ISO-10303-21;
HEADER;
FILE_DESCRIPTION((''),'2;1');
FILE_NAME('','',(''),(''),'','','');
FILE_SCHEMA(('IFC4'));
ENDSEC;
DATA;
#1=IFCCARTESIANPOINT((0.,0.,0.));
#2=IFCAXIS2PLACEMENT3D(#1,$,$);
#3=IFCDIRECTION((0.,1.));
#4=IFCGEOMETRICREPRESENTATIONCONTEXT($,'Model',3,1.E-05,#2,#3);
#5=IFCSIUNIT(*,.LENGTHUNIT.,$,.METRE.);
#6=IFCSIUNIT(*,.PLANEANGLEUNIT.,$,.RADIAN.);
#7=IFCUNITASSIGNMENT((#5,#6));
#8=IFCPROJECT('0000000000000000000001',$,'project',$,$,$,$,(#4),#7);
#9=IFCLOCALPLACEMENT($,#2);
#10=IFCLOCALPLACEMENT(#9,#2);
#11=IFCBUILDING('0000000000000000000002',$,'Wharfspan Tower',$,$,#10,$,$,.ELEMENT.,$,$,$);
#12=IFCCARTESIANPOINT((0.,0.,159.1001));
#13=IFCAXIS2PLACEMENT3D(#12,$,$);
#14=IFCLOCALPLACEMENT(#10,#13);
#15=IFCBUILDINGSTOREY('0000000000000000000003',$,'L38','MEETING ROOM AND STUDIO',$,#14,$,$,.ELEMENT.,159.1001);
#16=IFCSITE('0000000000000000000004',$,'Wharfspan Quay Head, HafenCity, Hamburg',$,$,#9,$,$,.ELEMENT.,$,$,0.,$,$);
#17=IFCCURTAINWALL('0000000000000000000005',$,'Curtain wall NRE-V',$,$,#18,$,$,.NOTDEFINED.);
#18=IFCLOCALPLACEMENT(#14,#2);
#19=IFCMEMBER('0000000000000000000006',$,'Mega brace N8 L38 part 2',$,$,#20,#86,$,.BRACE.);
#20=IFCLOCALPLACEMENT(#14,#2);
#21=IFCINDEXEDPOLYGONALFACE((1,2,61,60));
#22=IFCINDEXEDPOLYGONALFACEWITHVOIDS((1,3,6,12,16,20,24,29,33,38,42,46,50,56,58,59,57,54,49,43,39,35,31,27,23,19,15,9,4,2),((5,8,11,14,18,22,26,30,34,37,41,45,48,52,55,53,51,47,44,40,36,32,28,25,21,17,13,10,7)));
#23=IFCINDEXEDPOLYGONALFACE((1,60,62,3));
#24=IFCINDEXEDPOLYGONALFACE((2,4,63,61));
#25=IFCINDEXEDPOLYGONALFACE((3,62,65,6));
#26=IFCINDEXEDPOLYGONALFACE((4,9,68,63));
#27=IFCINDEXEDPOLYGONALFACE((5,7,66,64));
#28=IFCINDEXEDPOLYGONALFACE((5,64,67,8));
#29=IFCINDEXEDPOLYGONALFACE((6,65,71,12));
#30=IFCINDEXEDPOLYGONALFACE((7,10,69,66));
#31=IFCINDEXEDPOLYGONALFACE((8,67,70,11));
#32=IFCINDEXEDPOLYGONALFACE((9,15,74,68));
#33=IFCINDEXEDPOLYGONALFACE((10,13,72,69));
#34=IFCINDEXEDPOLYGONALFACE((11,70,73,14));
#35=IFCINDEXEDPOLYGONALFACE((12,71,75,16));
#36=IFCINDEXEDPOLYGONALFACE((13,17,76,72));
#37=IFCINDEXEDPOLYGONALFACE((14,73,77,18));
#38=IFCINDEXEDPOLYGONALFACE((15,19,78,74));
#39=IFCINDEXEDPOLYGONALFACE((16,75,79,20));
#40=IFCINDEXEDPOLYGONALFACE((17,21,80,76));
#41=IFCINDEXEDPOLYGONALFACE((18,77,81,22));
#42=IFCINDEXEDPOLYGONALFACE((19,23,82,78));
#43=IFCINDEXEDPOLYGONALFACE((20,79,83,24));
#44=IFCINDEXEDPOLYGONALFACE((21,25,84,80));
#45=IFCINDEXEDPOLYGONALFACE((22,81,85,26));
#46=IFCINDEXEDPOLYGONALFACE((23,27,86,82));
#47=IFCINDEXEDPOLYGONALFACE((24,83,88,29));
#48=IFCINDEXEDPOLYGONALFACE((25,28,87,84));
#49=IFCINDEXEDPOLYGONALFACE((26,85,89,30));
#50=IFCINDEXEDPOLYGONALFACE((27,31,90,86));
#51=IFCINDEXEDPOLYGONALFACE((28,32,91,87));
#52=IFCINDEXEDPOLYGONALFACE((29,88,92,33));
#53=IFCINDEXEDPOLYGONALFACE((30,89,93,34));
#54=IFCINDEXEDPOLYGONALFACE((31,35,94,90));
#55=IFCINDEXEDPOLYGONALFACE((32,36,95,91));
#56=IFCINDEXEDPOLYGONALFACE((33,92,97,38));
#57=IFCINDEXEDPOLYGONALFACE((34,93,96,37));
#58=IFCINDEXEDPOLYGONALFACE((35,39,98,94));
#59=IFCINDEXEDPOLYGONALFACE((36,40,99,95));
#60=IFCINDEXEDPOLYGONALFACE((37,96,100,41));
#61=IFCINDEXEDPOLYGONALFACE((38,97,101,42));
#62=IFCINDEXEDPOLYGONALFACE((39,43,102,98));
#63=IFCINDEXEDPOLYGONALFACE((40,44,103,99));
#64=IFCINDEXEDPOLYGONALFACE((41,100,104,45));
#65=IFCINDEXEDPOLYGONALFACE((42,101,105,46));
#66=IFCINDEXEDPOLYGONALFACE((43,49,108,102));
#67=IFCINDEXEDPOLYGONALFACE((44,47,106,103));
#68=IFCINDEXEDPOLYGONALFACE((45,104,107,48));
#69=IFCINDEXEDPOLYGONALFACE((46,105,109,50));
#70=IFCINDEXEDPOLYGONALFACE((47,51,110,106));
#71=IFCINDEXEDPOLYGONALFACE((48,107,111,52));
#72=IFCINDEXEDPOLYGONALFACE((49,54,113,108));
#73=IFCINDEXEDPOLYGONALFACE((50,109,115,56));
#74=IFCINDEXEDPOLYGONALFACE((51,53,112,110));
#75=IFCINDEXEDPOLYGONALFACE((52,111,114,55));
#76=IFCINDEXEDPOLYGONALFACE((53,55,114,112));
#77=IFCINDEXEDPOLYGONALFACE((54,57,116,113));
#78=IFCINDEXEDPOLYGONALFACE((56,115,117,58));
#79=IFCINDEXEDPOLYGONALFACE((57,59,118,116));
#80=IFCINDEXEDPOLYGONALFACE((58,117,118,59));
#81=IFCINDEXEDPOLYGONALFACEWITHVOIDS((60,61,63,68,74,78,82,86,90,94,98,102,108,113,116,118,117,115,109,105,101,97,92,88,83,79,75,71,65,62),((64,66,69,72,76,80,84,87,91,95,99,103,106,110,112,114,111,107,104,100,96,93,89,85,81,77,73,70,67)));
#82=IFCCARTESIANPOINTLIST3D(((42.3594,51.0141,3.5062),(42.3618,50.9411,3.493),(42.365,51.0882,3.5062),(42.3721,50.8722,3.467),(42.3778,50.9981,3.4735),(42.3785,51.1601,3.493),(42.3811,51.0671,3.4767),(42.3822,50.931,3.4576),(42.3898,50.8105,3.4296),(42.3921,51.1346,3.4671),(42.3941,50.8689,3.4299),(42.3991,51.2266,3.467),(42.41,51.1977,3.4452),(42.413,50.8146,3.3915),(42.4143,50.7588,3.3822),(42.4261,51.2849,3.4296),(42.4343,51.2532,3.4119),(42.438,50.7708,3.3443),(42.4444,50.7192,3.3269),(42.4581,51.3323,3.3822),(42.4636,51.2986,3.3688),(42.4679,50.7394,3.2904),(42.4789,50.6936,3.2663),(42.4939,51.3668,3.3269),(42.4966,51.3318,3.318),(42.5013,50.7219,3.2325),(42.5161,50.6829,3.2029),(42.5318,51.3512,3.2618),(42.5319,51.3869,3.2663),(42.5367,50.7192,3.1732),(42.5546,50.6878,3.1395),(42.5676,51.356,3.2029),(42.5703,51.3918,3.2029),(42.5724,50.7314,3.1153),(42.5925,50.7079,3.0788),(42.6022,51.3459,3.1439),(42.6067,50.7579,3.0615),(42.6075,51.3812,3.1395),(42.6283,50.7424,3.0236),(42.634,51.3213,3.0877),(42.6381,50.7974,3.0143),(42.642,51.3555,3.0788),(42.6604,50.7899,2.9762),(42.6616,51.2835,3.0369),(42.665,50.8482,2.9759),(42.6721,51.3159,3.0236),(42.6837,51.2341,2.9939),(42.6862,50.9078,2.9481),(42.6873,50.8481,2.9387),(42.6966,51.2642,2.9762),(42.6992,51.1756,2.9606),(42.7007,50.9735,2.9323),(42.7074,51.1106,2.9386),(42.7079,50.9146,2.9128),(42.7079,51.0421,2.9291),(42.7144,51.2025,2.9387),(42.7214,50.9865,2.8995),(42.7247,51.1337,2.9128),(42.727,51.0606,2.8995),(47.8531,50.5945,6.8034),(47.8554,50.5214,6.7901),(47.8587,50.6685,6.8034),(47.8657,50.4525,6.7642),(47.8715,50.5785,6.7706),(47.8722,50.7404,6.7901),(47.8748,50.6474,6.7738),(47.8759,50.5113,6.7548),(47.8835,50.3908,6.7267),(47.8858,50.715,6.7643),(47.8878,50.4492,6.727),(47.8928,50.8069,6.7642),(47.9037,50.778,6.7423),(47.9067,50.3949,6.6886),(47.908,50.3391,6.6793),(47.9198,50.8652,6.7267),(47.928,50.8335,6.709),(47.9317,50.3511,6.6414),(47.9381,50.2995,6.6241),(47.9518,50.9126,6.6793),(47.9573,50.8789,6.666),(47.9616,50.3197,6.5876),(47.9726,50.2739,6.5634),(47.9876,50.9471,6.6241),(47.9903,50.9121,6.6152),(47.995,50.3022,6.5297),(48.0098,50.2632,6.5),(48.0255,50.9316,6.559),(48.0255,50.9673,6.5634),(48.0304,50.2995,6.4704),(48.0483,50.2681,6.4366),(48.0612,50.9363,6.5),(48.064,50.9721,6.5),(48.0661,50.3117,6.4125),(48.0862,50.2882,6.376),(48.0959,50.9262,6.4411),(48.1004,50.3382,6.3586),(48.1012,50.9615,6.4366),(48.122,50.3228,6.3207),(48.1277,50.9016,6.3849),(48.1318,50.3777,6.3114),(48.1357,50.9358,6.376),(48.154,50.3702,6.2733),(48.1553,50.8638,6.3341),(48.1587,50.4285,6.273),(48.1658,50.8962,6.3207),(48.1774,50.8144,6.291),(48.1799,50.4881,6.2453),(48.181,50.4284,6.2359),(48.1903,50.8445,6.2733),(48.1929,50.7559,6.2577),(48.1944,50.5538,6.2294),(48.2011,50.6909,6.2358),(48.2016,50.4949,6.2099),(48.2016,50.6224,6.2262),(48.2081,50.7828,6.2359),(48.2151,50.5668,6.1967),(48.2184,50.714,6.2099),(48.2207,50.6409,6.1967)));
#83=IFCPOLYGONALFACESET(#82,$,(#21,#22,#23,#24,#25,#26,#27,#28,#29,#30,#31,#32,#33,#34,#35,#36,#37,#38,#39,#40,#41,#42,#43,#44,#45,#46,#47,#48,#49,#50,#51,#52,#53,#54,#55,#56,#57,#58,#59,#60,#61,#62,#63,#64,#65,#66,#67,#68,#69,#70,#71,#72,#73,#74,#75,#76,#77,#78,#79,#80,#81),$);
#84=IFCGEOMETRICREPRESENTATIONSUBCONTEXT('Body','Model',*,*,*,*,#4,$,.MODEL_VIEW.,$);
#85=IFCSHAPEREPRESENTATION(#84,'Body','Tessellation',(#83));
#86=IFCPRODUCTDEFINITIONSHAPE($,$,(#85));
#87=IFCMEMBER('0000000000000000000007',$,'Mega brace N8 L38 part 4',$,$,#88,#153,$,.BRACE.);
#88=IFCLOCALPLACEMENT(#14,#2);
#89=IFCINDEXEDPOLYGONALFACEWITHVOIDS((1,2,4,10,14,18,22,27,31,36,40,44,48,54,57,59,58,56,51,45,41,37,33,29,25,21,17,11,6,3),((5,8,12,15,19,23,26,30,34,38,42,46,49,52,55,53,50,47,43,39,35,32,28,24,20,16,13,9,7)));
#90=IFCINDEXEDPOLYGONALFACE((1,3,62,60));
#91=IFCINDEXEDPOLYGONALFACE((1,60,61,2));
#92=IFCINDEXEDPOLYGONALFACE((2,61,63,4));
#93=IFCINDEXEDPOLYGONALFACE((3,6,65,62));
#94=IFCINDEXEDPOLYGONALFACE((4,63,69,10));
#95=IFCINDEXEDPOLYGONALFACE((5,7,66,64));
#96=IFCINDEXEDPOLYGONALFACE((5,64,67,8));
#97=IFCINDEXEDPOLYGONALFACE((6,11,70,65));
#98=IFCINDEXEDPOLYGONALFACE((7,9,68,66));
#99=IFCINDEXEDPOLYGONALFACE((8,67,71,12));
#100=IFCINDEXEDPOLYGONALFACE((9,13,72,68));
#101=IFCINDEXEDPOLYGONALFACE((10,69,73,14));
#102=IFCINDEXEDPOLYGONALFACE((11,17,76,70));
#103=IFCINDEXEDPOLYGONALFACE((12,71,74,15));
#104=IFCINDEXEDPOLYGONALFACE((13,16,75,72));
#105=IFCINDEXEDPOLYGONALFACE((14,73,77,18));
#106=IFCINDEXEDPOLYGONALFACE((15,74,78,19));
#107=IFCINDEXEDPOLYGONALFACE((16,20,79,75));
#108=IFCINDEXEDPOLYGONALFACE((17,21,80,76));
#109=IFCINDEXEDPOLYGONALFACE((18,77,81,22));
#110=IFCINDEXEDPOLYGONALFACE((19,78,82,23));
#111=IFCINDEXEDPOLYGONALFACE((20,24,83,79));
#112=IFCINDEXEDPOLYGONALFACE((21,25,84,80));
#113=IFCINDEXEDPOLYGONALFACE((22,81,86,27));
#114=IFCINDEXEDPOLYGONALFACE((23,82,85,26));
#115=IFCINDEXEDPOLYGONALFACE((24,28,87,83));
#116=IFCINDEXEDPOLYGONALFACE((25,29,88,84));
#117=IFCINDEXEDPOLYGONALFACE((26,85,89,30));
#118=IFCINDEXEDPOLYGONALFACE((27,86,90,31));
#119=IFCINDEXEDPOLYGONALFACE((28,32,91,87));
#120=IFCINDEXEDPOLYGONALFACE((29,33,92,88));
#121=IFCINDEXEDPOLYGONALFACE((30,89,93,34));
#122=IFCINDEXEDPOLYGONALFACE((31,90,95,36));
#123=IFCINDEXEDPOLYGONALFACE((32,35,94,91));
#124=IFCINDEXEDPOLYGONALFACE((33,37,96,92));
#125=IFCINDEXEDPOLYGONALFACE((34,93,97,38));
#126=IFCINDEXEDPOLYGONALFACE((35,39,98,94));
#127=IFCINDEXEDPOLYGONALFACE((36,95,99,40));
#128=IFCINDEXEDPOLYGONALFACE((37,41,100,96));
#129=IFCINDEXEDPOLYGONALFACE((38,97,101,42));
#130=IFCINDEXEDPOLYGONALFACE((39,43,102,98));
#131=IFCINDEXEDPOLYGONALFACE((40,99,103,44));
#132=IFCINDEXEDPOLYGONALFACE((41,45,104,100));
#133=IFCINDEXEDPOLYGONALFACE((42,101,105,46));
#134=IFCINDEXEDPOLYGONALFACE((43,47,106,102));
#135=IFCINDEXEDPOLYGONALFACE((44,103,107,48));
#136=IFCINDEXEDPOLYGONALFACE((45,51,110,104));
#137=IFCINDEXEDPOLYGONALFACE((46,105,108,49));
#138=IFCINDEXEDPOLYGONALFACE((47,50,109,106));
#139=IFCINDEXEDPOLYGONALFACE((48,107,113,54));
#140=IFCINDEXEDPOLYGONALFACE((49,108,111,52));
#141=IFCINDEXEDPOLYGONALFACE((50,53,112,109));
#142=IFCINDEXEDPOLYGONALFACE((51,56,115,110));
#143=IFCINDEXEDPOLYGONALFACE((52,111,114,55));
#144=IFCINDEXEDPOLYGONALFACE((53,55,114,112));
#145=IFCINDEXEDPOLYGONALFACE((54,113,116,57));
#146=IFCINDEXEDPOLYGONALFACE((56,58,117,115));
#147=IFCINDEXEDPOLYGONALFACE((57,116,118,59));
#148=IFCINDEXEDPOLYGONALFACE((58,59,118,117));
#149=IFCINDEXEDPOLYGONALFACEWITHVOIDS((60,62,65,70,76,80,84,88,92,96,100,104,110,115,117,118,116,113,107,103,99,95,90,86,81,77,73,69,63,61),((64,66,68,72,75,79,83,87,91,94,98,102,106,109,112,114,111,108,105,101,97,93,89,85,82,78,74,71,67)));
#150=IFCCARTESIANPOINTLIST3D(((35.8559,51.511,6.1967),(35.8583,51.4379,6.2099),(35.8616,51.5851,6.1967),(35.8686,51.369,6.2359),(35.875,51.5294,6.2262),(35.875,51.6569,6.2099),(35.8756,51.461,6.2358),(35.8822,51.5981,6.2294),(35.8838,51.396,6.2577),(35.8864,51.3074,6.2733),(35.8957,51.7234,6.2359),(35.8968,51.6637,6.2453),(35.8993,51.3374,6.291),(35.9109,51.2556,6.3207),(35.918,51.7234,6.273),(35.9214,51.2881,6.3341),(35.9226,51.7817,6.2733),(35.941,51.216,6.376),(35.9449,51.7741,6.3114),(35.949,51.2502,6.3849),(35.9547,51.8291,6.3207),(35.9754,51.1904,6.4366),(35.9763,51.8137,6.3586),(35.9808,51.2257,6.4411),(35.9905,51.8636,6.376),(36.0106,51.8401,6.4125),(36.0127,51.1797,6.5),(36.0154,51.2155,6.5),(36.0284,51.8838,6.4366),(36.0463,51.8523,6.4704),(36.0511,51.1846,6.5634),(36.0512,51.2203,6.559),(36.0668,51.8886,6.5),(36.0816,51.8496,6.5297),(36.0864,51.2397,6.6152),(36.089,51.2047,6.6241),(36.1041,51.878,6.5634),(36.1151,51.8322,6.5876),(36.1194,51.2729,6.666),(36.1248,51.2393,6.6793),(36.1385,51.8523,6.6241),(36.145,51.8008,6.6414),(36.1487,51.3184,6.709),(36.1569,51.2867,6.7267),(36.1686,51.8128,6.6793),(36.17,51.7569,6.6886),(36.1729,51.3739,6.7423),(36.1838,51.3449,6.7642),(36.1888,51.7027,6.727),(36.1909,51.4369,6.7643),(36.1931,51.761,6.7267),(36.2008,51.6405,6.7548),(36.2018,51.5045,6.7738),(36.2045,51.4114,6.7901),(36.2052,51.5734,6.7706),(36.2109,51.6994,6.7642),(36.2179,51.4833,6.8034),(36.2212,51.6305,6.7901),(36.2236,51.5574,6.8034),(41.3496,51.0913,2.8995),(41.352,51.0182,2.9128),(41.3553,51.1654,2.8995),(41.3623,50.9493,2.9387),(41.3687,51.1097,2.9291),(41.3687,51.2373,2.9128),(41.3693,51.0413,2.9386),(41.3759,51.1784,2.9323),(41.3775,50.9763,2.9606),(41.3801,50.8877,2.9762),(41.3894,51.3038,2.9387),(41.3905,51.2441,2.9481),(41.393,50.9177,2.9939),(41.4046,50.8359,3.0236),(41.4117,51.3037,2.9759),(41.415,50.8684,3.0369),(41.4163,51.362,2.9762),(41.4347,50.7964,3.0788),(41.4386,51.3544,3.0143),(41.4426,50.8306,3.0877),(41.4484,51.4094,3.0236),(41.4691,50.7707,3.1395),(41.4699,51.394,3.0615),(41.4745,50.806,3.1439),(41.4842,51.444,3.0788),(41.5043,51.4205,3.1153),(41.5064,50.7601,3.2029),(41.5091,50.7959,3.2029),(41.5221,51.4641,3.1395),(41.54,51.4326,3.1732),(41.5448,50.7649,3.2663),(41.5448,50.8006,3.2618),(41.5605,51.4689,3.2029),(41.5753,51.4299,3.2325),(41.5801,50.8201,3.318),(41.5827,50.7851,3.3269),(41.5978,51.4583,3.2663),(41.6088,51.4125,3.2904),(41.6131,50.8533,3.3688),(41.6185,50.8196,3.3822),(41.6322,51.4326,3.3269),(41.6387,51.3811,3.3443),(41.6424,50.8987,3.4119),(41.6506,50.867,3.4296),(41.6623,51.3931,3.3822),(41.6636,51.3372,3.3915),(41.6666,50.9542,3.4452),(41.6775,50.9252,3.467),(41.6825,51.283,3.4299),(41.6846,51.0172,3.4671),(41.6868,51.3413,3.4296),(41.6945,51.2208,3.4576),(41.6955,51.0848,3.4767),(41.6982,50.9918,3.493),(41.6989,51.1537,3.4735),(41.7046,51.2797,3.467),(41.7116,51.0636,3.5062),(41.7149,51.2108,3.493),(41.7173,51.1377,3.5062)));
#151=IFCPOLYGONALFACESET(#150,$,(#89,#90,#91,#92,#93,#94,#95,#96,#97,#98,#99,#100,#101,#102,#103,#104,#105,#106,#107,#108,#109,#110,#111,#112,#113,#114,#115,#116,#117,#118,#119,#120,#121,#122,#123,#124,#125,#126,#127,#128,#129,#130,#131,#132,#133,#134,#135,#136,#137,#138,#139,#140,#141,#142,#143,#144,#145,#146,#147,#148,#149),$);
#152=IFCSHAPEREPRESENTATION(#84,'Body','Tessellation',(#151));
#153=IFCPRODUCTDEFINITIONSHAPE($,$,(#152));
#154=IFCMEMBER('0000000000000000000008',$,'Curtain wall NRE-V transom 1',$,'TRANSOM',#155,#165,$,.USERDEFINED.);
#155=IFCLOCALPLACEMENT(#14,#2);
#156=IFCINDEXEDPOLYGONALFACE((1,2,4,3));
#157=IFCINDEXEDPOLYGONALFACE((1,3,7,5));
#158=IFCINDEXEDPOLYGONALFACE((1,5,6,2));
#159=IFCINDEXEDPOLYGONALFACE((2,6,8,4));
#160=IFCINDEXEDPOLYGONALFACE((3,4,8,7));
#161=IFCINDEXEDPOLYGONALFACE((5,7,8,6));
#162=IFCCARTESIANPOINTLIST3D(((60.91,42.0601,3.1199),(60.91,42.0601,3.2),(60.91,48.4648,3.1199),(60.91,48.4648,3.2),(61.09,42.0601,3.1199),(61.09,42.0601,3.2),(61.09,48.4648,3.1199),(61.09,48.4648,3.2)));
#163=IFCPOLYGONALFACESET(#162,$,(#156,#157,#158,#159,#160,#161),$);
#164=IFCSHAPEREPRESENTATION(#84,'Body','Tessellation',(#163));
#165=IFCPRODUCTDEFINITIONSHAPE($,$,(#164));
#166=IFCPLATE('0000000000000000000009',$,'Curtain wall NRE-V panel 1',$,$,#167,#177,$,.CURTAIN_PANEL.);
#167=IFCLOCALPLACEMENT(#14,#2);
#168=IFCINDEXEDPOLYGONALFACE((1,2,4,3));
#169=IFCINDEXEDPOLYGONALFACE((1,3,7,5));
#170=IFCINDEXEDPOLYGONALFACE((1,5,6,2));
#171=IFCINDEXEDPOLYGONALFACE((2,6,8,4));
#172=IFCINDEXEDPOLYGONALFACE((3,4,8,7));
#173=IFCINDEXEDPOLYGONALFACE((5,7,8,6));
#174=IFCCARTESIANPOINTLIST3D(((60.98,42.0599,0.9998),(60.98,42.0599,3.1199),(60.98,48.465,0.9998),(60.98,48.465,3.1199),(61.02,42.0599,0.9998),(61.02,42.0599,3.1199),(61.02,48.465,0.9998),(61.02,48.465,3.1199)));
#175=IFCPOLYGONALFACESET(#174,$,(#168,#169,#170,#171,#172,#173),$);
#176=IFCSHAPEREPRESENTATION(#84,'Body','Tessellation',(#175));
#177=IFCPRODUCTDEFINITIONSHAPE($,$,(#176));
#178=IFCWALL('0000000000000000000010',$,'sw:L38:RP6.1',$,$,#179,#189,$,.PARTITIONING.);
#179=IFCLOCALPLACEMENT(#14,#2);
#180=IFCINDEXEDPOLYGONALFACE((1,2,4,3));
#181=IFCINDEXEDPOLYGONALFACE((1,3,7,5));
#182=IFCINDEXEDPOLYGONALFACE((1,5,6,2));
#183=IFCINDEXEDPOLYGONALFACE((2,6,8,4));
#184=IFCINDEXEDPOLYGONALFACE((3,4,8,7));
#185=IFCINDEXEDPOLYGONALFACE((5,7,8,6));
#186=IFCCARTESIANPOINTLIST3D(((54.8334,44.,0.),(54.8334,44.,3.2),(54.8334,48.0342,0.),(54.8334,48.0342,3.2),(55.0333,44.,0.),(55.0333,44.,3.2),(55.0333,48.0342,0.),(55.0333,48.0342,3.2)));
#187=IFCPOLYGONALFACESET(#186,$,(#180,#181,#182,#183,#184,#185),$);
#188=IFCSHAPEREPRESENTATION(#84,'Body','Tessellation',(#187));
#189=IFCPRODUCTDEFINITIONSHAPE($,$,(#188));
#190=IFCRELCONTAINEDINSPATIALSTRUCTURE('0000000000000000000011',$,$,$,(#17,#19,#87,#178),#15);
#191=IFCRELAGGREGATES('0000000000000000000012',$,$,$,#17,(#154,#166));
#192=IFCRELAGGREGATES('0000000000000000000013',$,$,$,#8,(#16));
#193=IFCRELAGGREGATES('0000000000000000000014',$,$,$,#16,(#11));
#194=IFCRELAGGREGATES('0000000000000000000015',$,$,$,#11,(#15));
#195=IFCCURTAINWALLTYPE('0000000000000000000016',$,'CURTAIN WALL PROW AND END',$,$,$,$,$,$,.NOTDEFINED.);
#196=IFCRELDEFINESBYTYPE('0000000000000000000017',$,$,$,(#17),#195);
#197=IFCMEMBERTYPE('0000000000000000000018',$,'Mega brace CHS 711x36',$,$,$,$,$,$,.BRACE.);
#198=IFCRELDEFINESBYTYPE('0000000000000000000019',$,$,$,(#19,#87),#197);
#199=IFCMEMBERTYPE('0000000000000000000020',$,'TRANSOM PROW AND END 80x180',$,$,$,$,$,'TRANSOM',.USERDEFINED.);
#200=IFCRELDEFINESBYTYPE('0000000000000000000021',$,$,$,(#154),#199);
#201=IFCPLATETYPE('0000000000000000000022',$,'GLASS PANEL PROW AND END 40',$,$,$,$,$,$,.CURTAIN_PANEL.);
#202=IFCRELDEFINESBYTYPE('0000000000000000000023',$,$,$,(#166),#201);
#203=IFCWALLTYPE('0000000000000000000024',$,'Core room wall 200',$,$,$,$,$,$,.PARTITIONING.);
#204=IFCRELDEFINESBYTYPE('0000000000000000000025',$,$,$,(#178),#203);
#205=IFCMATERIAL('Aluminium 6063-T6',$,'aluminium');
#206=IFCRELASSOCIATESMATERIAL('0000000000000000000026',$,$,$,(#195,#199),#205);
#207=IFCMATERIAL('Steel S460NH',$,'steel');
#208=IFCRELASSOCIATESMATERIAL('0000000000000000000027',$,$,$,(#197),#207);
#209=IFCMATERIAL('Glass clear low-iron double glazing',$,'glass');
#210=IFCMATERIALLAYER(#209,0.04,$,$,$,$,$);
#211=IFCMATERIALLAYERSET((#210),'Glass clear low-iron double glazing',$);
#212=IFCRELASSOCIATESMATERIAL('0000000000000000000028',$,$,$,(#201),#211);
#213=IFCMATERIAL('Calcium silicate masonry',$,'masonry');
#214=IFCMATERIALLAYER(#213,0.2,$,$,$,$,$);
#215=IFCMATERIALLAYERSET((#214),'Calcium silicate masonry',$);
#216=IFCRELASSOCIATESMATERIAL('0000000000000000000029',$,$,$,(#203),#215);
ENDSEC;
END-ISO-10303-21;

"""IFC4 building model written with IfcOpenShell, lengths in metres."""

from ifc_helpers import new_model, si_unit, direction, frame, frame_2d, origin, origin_2d, place, context, subcontext, project, spatial, rectangle, hollow_circle, extrude, material, layer, layer_set, material_profile, profile_set, type_object, element, aggregate, save


model = new_model("IFC4")

# Units and contexts
model_context = context("Model", 3, precision=1e-05, world=origin(), true_north=direction((0.0, 1.0)))
body_context = subcontext(model_context, "Body", "Model", "MODEL_VIEW")
ifc_project = project(units=[si_unit("LENGTHUNIT", "METRE"), si_unit("PLANEANGLEUNIT", "RADIAN")], contexts=[model_context])

# Site, building, storey
site_placement = place(None, origin())
site = spatial("IfcSite", under=ifc_project, at=site_placement, Name="Wharfspan Quay Head, HafenCity, Hamburg", CompositionType="ELEMENT", RefElevation=0.0)
building_placement = place(site_placement, origin())
building = spatial("IfcBuilding", under=site, at=building_placement, Name="Wharfspan Tower", CompositionType="ELEMENT")
storey_placement = place(building_placement, frame((0.0, 0.0, 159.1001)))
storey = spatial("IfcBuildingStorey", under=building, at=storey_placement, Name="L38", Description="MEETING ROOM AND STUDIO", CompositionType="ELEMENT", Elevation=159.1001)

# Shared definitions
ifc_material_1 = material(Name="Steel S460NH", Category="steel")

# Curtain wall
ifc_material_2 = material(Name="Aluminium 6063-T6", Category="aluminium")
curtain_wall_type = type_object("IfcCurtainWallType", Name="CURTAIN WALL PROW AND END", PredefinedType="NOTDEFINED", material=ifc_material_2)
curtain_wall_placement = place(storey_placement, origin())
curtain_wall = element("IfcCurtainWall", 1, at=curtain_wall_placement, inside=storey, type_object=curtain_wall_type, Name="Curtain wall NRE-V", PredefinedType="NOTDEFINED")

# Members
ifc_material_profile_1 = material_profile(ifc_material_1, hollow_circle(Radius=0.3555, WallThickness=0.0359, at=origin_2d()))
ifc_profile_set_1 = profile_set([ifc_material_profile_1], Name="Steel S460NH")
member_type_1 = type_object("IfcMemberType", Name="Mega brace CHS 711x36", PredefinedType="BRACE", material=ifc_profile_set_1)
for number, where, z_axis, x_axis, name in (
    (2, (42.5432, 51.0374, 3.2029), (0.855596, -0.065362, 0.513502), (0.076171, 0.997095, 0.000001), "Mega brace N8 L38 part 2"),
    (3, (41.5334, 51.1145, 3.2029), (-0.855596, 0.065362, 0.513502), (-0.076171, -0.997095, 0.000001), "Mega brace N8 L38 part 4"),
):
    element("IfcMember", number, at=place(storey_placement, frame(where, z_axis=z_axis, x_axis=x_axis)), inside=storey, type_object=member_type_1, Name=name, PredefinedType="BRACE", context=body_context, shape_type="SweptSolid", body=[
        extrude(hollow_circle(Radius=0.3555, WallThickness=0.0359, at=origin_2d()), origin(), (0.0, 0.0, 1.0), 6.4209),
    ])

# Member
ifc_material_profile_2 = material_profile(ifc_material_2, rectangle(XDim=0.1799, YDim=0.0801, at=origin_2d()))
ifc_profile_set_2 = profile_set([ifc_material_profile_2], Name="Aluminium 6063-T6")
member_type_2 = type_object("IfcMemberType", Name="TRANSOM PROW AND END 80x180", ElementType="TRANSOM", PredefinedType="USERDEFINED", material=ifc_profile_set_2)
member_1_placement = place(storey_placement, frame((61.0, 42.0601, 3.1599), z_axis=(0.0, 1.0, 0.0), x_axis=(-1.0, 0.0, 0.0)))
member_1 = element("IfcMember", 4, at=member_1_placement, type_object=member_type_2, Name="Curtain wall NRE-V transom 1", ObjectType="TRANSOM", PredefinedType="USERDEFINED", context=body_context, shape_type="SweptSolid", body=[
    extrude(rectangle(XDim=0.1799, YDim=0.0801, at=origin_2d()), origin(), (0.0, 0.0, 1.0), 6.4048),
])

# Plate
ifc_material_3 = material(Name="Glass clear low-iron double glazing", Category="glass")
ifc_layer_1 = layer(ifc_material_3, 0.04)
ifc_layer_set_1 = layer_set([ifc_layer_1], Name="Glass clear low-iron double glazing")
plate_type = type_object("IfcPlateType", Name="GLASS PANEL PROW AND END 40", PredefinedType="CURTAIN_PANEL", material=ifc_layer_set_1)
plate_placement = place(storey_placement, frame((61.0, 45.2625, 0.9998), z_axis=(0.0, 0.0, 1.0), x_axis=(0.0, 1.0, 0.0)))
plate = element("IfcPlate", 5, at=plate_placement, type_object=plate_type, Name="Curtain wall NRE-V panel 1", PredefinedType="CURTAIN_PANEL", context=body_context, shape_type="SweptSolid", body=[
    extrude(rectangle(XDim=6.405, YDim=0.04, at=origin_2d()), origin(), (0.0, 0.0, 1.0), 2.1201),
])
aggregate(curtain_wall, [member_1, plate])

# Wall
ifc_material_4 = material(Name="Calcium silicate masonry", Category="masonry")
ifc_layer_2 = layer(ifc_material_4, 0.2)
ifc_layer_set_2 = layer_set([ifc_layer_2], Name="Calcium silicate masonry")
wall_type_1 = type_object("IfcWallType", Name="Core room wall 200", PredefinedType="PARTITIONING", material=ifc_layer_set_2)
wall_1_placement = place(storey_placement, frame((54.9333, 44.0, 0.0), z_axis=(0.0, 0.0, 1.0), x_axis=(0.0, 1.0, 0.0)))
element("IfcWall", 6, at=wall_1_placement, inside=storey, type_object=wall_type_1, Name="sw:L38:RP6.1", PredefinedType="PARTITIONING", context=body_context, shape_type="SweptSolid", body=[
    extrude(rectangle(XDim=4.0342, YDim=0.2, at=frame_2d((2.0171, 0.0))), origin(), (0.0, 0.0, 1.0), 3.2),
])

save(model, "model.ifc")
